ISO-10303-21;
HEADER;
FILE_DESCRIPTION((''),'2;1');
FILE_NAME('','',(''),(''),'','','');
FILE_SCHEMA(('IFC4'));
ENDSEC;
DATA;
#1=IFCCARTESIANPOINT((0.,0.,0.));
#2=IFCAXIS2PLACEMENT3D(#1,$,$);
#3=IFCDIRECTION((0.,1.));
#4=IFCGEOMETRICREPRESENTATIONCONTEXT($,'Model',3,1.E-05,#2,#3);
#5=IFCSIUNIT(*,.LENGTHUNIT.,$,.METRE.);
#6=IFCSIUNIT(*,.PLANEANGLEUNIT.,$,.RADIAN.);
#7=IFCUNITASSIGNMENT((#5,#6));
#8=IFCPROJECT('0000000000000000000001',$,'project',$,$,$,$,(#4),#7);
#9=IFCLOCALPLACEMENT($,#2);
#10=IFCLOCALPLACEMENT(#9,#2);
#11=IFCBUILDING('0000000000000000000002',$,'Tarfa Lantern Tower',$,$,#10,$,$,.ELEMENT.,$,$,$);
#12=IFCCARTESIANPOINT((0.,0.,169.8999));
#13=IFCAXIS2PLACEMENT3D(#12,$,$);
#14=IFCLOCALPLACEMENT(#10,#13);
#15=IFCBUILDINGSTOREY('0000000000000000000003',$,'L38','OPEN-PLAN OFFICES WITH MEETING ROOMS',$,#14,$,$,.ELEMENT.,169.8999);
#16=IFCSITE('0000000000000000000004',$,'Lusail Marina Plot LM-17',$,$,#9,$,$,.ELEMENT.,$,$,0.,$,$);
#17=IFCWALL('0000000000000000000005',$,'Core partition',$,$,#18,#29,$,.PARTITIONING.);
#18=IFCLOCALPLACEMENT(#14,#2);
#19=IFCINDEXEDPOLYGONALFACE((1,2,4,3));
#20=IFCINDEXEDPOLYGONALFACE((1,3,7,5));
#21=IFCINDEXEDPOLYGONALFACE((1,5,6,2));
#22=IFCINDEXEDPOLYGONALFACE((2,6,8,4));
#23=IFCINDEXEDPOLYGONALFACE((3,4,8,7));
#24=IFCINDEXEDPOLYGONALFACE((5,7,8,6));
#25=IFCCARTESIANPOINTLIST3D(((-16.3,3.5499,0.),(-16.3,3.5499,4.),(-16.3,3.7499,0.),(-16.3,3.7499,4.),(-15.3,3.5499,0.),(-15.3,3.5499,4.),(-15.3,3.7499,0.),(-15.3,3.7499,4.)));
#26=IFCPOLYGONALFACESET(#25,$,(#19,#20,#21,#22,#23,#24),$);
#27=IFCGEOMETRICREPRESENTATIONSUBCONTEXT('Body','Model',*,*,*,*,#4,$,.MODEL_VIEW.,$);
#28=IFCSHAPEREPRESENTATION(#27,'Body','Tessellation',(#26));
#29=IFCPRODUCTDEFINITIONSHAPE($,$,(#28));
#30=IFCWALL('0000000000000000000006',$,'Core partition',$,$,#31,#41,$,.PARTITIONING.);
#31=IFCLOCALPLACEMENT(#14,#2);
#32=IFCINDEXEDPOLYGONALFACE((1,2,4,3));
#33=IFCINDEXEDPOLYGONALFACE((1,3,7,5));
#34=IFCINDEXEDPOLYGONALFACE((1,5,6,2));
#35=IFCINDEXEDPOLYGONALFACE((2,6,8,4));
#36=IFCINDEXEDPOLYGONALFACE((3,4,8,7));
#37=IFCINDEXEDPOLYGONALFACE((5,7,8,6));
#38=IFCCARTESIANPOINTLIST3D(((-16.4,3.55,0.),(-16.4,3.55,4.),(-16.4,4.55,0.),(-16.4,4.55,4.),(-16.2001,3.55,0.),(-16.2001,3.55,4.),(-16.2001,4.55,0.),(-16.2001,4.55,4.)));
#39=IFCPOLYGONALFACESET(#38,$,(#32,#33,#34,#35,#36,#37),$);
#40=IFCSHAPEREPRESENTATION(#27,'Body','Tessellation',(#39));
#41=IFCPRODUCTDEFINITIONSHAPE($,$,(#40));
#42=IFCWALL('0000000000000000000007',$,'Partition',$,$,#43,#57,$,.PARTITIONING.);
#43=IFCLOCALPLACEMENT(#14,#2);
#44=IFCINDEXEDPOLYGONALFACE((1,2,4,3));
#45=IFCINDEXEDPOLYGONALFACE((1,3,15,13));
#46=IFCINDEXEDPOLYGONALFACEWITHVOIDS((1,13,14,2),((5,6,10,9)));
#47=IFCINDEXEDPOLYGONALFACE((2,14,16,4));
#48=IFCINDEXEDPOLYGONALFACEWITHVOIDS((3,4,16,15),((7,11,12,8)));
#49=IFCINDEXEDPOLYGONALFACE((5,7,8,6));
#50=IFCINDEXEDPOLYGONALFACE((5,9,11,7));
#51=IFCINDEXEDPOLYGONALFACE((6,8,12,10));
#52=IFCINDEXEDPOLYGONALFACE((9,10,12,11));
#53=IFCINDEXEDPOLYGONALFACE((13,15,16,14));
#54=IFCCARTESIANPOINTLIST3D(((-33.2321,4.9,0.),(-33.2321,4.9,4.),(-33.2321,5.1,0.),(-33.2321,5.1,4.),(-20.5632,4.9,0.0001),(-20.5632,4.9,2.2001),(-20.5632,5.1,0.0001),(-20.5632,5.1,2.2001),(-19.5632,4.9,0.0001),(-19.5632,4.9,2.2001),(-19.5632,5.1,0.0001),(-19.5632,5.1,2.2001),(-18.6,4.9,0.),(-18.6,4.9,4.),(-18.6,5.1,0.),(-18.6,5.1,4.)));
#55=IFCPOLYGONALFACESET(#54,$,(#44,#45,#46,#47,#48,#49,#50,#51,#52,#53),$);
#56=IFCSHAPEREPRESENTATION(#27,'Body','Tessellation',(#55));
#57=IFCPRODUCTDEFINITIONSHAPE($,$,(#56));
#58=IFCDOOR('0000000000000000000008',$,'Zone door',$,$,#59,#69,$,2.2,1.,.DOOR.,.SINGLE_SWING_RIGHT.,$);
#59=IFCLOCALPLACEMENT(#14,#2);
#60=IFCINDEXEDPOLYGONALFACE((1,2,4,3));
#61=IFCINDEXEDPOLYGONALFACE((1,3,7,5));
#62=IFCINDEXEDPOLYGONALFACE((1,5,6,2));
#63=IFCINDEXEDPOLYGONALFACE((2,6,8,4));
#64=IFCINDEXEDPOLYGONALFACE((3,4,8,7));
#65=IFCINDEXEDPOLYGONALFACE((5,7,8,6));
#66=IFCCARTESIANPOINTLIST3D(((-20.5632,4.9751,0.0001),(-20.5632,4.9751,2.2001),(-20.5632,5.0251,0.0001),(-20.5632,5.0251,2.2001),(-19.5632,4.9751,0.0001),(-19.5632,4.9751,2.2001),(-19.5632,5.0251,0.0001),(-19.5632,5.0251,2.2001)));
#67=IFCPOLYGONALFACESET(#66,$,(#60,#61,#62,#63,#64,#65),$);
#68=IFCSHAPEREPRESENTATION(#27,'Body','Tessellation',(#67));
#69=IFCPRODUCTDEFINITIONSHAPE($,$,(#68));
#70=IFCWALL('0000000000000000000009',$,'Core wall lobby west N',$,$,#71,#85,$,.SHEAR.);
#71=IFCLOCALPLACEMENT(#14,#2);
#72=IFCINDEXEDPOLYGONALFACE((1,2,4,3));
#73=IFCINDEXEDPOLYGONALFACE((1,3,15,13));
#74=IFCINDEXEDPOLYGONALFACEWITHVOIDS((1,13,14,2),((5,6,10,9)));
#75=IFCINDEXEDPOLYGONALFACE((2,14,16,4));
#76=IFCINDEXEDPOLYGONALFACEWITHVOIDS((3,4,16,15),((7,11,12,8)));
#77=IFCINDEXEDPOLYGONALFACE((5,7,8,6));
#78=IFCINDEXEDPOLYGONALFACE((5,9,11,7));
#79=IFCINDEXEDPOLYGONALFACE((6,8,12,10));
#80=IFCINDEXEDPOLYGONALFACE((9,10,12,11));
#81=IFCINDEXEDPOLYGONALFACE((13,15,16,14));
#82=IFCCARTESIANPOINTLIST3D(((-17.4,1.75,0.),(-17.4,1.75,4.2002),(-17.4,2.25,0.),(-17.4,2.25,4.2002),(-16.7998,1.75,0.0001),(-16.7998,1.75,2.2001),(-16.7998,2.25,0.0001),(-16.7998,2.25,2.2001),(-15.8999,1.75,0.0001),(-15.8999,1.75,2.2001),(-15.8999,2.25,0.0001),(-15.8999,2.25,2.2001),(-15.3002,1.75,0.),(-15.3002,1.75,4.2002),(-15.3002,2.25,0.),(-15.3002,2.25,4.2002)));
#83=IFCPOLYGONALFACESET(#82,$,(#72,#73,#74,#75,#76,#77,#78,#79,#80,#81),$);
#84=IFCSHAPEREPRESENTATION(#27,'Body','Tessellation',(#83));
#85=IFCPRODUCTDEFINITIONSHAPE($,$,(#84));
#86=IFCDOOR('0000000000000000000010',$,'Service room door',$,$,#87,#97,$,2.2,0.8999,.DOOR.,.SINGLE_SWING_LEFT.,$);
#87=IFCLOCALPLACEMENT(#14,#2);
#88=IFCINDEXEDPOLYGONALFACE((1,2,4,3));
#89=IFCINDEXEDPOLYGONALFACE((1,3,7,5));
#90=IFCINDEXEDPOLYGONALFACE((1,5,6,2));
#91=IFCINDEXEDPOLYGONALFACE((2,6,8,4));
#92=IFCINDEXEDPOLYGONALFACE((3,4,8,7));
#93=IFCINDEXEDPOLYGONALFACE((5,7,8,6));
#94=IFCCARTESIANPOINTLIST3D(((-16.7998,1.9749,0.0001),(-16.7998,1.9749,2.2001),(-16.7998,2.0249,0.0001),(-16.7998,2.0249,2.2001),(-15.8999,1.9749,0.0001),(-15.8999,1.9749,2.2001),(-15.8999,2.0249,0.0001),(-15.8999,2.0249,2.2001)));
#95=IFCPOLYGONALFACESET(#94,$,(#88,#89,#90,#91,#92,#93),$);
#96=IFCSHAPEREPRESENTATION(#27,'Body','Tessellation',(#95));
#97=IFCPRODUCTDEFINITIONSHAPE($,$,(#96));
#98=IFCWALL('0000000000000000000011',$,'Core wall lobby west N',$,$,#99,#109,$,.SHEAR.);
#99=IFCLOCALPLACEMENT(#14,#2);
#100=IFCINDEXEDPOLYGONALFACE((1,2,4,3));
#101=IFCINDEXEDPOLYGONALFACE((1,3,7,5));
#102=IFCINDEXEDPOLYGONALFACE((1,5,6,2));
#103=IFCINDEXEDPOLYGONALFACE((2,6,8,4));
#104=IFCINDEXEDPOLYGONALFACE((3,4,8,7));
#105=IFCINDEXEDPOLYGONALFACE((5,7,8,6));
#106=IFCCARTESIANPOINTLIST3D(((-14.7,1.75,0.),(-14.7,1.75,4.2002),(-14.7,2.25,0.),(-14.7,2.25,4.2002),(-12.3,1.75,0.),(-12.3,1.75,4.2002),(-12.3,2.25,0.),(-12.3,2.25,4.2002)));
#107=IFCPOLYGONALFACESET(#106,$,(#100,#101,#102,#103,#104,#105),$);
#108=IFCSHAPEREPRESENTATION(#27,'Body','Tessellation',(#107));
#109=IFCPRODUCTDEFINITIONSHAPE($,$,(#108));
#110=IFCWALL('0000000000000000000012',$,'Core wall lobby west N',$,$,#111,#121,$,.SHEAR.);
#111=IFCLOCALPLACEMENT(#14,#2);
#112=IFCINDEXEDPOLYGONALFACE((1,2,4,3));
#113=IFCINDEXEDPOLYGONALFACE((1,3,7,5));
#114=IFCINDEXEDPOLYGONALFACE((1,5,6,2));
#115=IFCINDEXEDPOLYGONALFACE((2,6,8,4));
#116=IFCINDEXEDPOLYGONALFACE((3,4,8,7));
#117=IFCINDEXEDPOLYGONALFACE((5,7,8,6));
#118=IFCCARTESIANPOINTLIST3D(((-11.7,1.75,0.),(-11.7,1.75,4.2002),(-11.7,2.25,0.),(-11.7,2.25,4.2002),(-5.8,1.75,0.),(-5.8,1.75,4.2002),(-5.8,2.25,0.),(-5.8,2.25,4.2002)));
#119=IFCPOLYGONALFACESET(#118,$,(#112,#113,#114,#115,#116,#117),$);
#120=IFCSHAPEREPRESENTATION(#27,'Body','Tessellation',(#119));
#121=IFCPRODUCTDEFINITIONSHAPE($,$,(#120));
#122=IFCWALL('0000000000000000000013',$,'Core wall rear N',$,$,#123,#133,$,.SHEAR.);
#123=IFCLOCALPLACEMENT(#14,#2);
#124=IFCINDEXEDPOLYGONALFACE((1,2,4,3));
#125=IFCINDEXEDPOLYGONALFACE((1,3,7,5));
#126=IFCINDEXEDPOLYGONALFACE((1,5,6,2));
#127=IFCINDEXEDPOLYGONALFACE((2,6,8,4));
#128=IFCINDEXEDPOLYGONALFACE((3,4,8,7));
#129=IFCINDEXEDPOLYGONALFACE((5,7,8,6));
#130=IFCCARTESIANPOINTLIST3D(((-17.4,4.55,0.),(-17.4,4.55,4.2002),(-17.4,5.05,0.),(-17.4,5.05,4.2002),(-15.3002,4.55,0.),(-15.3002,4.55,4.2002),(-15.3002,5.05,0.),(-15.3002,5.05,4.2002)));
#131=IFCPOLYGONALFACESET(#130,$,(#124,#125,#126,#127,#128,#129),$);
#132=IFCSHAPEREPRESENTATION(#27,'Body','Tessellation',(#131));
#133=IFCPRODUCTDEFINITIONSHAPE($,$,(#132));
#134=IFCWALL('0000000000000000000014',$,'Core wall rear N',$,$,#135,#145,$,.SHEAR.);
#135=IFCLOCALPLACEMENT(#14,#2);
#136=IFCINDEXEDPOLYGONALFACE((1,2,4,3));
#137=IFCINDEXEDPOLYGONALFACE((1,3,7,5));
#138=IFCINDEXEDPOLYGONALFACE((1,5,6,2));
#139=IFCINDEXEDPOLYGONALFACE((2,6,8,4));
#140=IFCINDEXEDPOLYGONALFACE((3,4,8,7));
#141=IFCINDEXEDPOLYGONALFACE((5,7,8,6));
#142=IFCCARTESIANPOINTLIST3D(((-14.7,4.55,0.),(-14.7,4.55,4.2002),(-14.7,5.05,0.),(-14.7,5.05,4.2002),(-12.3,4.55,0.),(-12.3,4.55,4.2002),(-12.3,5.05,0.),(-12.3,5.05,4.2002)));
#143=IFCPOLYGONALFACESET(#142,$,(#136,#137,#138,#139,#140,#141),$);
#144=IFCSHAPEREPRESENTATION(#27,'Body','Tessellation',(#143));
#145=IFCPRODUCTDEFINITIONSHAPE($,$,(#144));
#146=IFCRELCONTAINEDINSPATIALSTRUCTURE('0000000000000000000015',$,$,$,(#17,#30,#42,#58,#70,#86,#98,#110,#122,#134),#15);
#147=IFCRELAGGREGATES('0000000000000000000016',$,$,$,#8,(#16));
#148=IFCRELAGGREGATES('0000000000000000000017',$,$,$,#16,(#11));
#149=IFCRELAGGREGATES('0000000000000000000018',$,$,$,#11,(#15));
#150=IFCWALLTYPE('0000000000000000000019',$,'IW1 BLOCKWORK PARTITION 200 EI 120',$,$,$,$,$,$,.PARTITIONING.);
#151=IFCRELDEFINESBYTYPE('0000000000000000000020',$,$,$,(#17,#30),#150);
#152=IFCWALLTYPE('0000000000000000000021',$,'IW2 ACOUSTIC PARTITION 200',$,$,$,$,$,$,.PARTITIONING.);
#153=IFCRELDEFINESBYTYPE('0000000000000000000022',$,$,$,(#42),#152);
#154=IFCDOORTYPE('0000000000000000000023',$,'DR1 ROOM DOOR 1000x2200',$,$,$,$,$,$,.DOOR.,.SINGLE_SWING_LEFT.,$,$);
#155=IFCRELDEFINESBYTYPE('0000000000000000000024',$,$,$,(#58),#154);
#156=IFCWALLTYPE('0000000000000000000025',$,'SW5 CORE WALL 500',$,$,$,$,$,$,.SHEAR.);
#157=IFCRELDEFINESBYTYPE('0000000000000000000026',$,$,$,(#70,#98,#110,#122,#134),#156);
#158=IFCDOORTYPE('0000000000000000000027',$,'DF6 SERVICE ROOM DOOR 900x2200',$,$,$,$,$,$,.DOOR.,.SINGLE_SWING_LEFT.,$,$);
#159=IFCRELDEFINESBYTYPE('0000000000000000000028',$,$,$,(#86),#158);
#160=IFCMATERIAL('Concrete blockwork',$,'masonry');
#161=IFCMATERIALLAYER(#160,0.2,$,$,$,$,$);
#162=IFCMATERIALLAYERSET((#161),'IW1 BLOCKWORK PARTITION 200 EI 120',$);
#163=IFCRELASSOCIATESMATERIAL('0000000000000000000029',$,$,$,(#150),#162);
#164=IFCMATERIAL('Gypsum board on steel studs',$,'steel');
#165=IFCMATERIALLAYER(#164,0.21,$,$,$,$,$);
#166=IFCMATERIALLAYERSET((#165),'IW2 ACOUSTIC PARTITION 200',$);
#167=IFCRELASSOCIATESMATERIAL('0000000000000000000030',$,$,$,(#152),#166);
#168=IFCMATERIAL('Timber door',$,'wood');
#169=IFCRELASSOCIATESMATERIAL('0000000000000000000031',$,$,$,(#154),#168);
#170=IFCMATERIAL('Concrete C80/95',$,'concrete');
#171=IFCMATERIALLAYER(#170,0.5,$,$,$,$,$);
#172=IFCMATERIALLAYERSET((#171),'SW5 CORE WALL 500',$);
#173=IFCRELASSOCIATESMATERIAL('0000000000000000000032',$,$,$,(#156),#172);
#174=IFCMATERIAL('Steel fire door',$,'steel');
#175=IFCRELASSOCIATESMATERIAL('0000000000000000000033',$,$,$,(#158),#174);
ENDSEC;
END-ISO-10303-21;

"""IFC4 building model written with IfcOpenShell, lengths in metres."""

from ifc_helpers import new_model, si_unit, direction, frame, frame_2d, origin, place, context, subcontext, project, spatial, rectangle, extrude, material, layer, layer_set, type_object, element, fill, save


model = new_model("IFC4")

# Units and contexts
model_context = context("Model", 3, precision=1e-05, world=origin(), true_north=direction((0.0, 1.0)))
body_context = subcontext(model_context, "Body", "Model", "MODEL_VIEW")
ifc_project = project(units=[si_unit("LENGTHUNIT", "METRE"), si_unit("PLANEANGLEUNIT", "RADIAN")], contexts=[model_context])

# Site, building, storey
site_placement = place(None, origin())
site = spatial("IfcSite", under=ifc_project, at=site_placement, Name="Lusail Marina Plot LM-17", CompositionType="ELEMENT", RefElevation=0.0)
building_placement = place(site_placement, origin())
building = spatial("IfcBuilding", under=site, at=building_placement, Name="Tarfa Lantern Tower", CompositionType="ELEMENT")
storey_placement = place(building_placement, frame((0.0, 0.0, 169.8999)))
storey = spatial("IfcBuildingStorey", under=building, at=storey_placement, Name="L38", Description="OPEN-PLAN OFFICES WITH MEETING ROOMS", CompositionType="ELEMENT", Elevation=169.8999)

# Walls
ifc_material_1 = material(Name="Concrete blockwork", Category="masonry")
ifc_layer_1 = layer(ifc_material_1, 0.2)
ifc_layer_set_1 = layer_set([ifc_layer_1], Name="IW1 BLOCKWORK PARTITION 200 EI 120")
wall_type_1 = type_object("IfcWallType", Name="IW1 BLOCKWORK PARTITION 200 EI 120", PredefinedType="PARTITIONING", material=ifc_layer_set_1)
for number, where, z_axis, x_axis, name in (
    (1, (-16.3, 3.6499, 0.0), (0.0, 0.0, 1.0), (1.0, 0.0, 0.0), "Core partition"),
    (2, (-16.3, 3.55, 0.0), (0.0, 0.0, 1.0), (0.0, 1.0, 0.0), "Core partition"),
):
    element("IfcWall", number, at=place(storey_placement, frame(where, z_axis=z_axis, x_axis=x_axis)), inside=storey, type_object=wall_type_1, Name=name, PredefinedType="PARTITIONING", context=body_context, shape_type="SweptSolid", body=[
        extrude(rectangle(XDim=1.0, YDim=0.2, at=frame_2d((0.5, 0.0))), origin(), (0.0, 0.0, 1.0), 4.0),
    ])

# Walls, openings, doors
ifc_material_2 = material(Name="Gypsum board on steel studs", Category="steel")
ifc_layer_2 = layer(ifc_material_2, 0.21)
ifc_layer_set_2 = layer_set([ifc_layer_2], Name="IW2 ACOUSTIC PARTITION 200")
wall_type_2 = type_object("IfcWallType", Name="IW2 ACOUSTIC PARTITION 200", PredefinedType="PARTITIONING", material=ifc_layer_set_2)
wall_1_placement = place(storey_placement, frame((-18.6001, 5.0, 0.0), z_axis=(0.0, 0.0, 1.0), x_axis=(-1.0, 0.0, 0.0)))
wall_1 = element("IfcWall", 3, at=wall_1_placement, inside=storey, type_object=wall_type_2, Name="Partition", PredefinedType="PARTITIONING", context=body_context, shape_type="SweptSolid", body=[
    extrude(rectangle(XDim=14.6321, YDim=0.2, at=frame_2d((7.3159, 0.0))), origin(), (0.0, 0.0, 1.0), 4.0),
])
opening_1_placement = place(wall_1_placement, frame((0.9631, 0.0, 0.0)))
opening_1 = element("IfcOpeningElement", 4, at=opening_1_placement, cuts=wall_1, PredefinedType="OPENING", context=body_context, shape_type="SweptSolid", body=[
    extrude(rectangle(XDim=1.0, YDim=2.2, at=frame_2d((0.5, 1.1001))), frame((0.0, 0.1099, 0.0), z_axis=(0.0, -1.0, 0.0), x_axis=(1.0, 0.0, 0.0)), (0.0, 0.0, 1.0), 0.22),
])
ifc_material_3 = material(Name="Timber door", Category="wood")
door_type_1 = type_object("IfcDoorType", Name="DR1 ROOM DOOR 1000x2200", OperationType="SINGLE_SWING_LEFT", PredefinedType="DOOR", material=ifc_material_3)
door_1_placement = place(opening_1_placement, origin())
door_1 = element("IfcDoor", 5, at=door_1_placement, inside=storey, type_object=door_type_1, Name="Zone door", OperationType="SINGLE_SWING_RIGHT", OverallHeight=2.2, OverallWidth=1.0, PredefinedType="DOOR", context=body_context, shape_type="SweptSolid", body=[
    extrude(rectangle(XDim=1.0, YDim=2.2, at=frame_2d((0.5, 1.1001))), frame((0.0, 0.0249, 0.0), z_axis=(0.0, -1.0, 0.0), x_axis=(1.0, 0.0, 0.0)), (0.0, 0.0, 1.0), 0.05),
])
fill(opening_1, door_1)
ifc_material_4 = material(Name="Concrete C80/95", Category="concrete")
ifc_material_5 = material(Name="Steel fire door", Category="steel")
ifc_layer_3 = layer(ifc_material_4, 0.5)
ifc_layer_set_3 = layer_set([ifc_layer_3], Name="SW5 CORE WALL 500")
wall_type_3 = type_object("IfcWallType", Name="SW5 CORE WALL 500", PredefinedType="SHEAR", material=ifc_layer_set_3)
wall_2_placement = place(storey_placement, frame((-17.3999, 2.0, 0.0), z_axis=(0.0, 0.0, 1.0), x_axis=(1.0, 0.0, 0.0)))
wall_2 = element("IfcWall", 6, at=wall_2_placement, inside=storey, type_object=wall_type_3, Name="Core wall lobby west N", PredefinedType="SHEAR", context=body_context, shape_type="SweptSolid", body=[
    extrude(rectangle(XDim=2.0999, YDim=0.5, at=frame_2d((1.0498, 0.0))), origin(), (0.0, 0.0, 1.0), 4.2002),
])
opening_2_placement = place(wall_2_placement, frame((0.6001, 0.0, 0.0)))
opening_2 = element("IfcOpeningElement", 7, at=opening_2_placement, cuts=wall_2, PredefinedType="OPENING", context=body_context, shape_type="SweptSolid", body=[
    extrude(rectangle(XDim=0.8999, YDim=2.2, at=frame_2d((0.45, 1.1001))), frame((0.0, 0.26, 0.0), z_axis=(0.0, -1.0, 0.0), x_axis=(1.0, 0.0, 0.0)), (0.0, 0.0, 1.0), 0.52),
])
door_type_2 = type_object("IfcDoorType", Name="DF6 SERVICE ROOM DOOR 900x2200", OperationType="SINGLE_SWING_LEFT", PredefinedType="DOOR", material=ifc_material_5)
door_2_placement = place(opening_2_placement, origin())
door_2 = element("IfcDoor", 8, at=door_2_placement, inside=storey, type_object=door_type_2, Name="Service room door", OperationType="SINGLE_SWING_LEFT", OverallHeight=2.2, OverallWidth=0.8999, PredefinedType="DOOR", context=body_context, shape_type="SweptSolid", body=[
    extrude(rectangle(XDim=0.8999, YDim=2.2, at=frame_2d((0.45, 1.1001))), frame((0.0, 0.0249, 0.0), z_axis=(0.0, -1.0, 0.0), x_axis=(1.0, 0.0, 0.0)), (0.0, 0.0, 1.0), 0.05),
])
fill(opening_2, door_2)

# Walls
wall_3_placement = place(storey_placement, frame((-14.7, 2.0, 0.0), z_axis=(0.0, 0.0, 1.0), x_axis=(1.0, 0.0, 0.0)))
element("IfcWall", 9, at=wall_3_placement, inside=storey, type_object=wall_type_3, Name="Core wall lobby west N", PredefinedType="SHEAR", context=body_context, shape_type="SweptSolid", body=[
    extrude(rectangle(XDim=2.3999, YDim=0.5, at=frame_2d((1.2, 0.0))), origin(), (0.0, 0.0, 1.0), 4.2002),
])
wall_4_placement = place(storey_placement, frame((-11.7, 2.0, 0.0), z_axis=(0.0, 0.0, 1.0), x_axis=(1.0, 0.0, 0.0)))
element("IfcWall", 10, at=wall_4_placement, inside=storey, type_object=wall_type_3, Name="Core wall lobby west N", PredefinedType="SHEAR", context=body_context, shape_type="SweptSolid", body=[
    extrude(rectangle(XDim=5.8999, YDim=0.5, at=frame_2d((2.95, 0.0))), origin(), (0.0, 0.0, 1.0), 4.2002),
])
wall_5_placement = place(storey_placement, frame((-17.3999, 4.8, 0.0), z_axis=(0.0, 0.0, 1.0), x_axis=(1.0, 0.0, 0.0)))
element("IfcWall", 11, at=wall_5_placement, inside=storey, type_object=wall_type_3, Name="Core wall rear N", PredefinedType="SHEAR", context=body_context, shape_type="SweptSolid", body=[
    extrude(rectangle(XDim=2.0999, YDim=0.5, at=frame_2d((1.0498, 0.0))), origin(), (0.0, 0.0, 1.0), 4.2002),
])
wall_6_placement = place(storey_placement, frame((-14.7, 4.8, 0.0), z_axis=(0.0, 0.0, 1.0), x_axis=(1.0, 0.0, 0.0)))
element("IfcWall", 12, at=wall_6_placement, inside=storey, type_object=wall_type_3, Name="Core wall rear N", PredefinedType="SHEAR", context=body_context, shape_type="SweptSolid", body=[
    extrude(rectangle(XDim=2.3999, YDim=0.5, at=frame_2d((1.2, 0.0))), origin(), (0.0, 0.0, 1.0), 4.2002),
])

save(model, "model.ifc")
